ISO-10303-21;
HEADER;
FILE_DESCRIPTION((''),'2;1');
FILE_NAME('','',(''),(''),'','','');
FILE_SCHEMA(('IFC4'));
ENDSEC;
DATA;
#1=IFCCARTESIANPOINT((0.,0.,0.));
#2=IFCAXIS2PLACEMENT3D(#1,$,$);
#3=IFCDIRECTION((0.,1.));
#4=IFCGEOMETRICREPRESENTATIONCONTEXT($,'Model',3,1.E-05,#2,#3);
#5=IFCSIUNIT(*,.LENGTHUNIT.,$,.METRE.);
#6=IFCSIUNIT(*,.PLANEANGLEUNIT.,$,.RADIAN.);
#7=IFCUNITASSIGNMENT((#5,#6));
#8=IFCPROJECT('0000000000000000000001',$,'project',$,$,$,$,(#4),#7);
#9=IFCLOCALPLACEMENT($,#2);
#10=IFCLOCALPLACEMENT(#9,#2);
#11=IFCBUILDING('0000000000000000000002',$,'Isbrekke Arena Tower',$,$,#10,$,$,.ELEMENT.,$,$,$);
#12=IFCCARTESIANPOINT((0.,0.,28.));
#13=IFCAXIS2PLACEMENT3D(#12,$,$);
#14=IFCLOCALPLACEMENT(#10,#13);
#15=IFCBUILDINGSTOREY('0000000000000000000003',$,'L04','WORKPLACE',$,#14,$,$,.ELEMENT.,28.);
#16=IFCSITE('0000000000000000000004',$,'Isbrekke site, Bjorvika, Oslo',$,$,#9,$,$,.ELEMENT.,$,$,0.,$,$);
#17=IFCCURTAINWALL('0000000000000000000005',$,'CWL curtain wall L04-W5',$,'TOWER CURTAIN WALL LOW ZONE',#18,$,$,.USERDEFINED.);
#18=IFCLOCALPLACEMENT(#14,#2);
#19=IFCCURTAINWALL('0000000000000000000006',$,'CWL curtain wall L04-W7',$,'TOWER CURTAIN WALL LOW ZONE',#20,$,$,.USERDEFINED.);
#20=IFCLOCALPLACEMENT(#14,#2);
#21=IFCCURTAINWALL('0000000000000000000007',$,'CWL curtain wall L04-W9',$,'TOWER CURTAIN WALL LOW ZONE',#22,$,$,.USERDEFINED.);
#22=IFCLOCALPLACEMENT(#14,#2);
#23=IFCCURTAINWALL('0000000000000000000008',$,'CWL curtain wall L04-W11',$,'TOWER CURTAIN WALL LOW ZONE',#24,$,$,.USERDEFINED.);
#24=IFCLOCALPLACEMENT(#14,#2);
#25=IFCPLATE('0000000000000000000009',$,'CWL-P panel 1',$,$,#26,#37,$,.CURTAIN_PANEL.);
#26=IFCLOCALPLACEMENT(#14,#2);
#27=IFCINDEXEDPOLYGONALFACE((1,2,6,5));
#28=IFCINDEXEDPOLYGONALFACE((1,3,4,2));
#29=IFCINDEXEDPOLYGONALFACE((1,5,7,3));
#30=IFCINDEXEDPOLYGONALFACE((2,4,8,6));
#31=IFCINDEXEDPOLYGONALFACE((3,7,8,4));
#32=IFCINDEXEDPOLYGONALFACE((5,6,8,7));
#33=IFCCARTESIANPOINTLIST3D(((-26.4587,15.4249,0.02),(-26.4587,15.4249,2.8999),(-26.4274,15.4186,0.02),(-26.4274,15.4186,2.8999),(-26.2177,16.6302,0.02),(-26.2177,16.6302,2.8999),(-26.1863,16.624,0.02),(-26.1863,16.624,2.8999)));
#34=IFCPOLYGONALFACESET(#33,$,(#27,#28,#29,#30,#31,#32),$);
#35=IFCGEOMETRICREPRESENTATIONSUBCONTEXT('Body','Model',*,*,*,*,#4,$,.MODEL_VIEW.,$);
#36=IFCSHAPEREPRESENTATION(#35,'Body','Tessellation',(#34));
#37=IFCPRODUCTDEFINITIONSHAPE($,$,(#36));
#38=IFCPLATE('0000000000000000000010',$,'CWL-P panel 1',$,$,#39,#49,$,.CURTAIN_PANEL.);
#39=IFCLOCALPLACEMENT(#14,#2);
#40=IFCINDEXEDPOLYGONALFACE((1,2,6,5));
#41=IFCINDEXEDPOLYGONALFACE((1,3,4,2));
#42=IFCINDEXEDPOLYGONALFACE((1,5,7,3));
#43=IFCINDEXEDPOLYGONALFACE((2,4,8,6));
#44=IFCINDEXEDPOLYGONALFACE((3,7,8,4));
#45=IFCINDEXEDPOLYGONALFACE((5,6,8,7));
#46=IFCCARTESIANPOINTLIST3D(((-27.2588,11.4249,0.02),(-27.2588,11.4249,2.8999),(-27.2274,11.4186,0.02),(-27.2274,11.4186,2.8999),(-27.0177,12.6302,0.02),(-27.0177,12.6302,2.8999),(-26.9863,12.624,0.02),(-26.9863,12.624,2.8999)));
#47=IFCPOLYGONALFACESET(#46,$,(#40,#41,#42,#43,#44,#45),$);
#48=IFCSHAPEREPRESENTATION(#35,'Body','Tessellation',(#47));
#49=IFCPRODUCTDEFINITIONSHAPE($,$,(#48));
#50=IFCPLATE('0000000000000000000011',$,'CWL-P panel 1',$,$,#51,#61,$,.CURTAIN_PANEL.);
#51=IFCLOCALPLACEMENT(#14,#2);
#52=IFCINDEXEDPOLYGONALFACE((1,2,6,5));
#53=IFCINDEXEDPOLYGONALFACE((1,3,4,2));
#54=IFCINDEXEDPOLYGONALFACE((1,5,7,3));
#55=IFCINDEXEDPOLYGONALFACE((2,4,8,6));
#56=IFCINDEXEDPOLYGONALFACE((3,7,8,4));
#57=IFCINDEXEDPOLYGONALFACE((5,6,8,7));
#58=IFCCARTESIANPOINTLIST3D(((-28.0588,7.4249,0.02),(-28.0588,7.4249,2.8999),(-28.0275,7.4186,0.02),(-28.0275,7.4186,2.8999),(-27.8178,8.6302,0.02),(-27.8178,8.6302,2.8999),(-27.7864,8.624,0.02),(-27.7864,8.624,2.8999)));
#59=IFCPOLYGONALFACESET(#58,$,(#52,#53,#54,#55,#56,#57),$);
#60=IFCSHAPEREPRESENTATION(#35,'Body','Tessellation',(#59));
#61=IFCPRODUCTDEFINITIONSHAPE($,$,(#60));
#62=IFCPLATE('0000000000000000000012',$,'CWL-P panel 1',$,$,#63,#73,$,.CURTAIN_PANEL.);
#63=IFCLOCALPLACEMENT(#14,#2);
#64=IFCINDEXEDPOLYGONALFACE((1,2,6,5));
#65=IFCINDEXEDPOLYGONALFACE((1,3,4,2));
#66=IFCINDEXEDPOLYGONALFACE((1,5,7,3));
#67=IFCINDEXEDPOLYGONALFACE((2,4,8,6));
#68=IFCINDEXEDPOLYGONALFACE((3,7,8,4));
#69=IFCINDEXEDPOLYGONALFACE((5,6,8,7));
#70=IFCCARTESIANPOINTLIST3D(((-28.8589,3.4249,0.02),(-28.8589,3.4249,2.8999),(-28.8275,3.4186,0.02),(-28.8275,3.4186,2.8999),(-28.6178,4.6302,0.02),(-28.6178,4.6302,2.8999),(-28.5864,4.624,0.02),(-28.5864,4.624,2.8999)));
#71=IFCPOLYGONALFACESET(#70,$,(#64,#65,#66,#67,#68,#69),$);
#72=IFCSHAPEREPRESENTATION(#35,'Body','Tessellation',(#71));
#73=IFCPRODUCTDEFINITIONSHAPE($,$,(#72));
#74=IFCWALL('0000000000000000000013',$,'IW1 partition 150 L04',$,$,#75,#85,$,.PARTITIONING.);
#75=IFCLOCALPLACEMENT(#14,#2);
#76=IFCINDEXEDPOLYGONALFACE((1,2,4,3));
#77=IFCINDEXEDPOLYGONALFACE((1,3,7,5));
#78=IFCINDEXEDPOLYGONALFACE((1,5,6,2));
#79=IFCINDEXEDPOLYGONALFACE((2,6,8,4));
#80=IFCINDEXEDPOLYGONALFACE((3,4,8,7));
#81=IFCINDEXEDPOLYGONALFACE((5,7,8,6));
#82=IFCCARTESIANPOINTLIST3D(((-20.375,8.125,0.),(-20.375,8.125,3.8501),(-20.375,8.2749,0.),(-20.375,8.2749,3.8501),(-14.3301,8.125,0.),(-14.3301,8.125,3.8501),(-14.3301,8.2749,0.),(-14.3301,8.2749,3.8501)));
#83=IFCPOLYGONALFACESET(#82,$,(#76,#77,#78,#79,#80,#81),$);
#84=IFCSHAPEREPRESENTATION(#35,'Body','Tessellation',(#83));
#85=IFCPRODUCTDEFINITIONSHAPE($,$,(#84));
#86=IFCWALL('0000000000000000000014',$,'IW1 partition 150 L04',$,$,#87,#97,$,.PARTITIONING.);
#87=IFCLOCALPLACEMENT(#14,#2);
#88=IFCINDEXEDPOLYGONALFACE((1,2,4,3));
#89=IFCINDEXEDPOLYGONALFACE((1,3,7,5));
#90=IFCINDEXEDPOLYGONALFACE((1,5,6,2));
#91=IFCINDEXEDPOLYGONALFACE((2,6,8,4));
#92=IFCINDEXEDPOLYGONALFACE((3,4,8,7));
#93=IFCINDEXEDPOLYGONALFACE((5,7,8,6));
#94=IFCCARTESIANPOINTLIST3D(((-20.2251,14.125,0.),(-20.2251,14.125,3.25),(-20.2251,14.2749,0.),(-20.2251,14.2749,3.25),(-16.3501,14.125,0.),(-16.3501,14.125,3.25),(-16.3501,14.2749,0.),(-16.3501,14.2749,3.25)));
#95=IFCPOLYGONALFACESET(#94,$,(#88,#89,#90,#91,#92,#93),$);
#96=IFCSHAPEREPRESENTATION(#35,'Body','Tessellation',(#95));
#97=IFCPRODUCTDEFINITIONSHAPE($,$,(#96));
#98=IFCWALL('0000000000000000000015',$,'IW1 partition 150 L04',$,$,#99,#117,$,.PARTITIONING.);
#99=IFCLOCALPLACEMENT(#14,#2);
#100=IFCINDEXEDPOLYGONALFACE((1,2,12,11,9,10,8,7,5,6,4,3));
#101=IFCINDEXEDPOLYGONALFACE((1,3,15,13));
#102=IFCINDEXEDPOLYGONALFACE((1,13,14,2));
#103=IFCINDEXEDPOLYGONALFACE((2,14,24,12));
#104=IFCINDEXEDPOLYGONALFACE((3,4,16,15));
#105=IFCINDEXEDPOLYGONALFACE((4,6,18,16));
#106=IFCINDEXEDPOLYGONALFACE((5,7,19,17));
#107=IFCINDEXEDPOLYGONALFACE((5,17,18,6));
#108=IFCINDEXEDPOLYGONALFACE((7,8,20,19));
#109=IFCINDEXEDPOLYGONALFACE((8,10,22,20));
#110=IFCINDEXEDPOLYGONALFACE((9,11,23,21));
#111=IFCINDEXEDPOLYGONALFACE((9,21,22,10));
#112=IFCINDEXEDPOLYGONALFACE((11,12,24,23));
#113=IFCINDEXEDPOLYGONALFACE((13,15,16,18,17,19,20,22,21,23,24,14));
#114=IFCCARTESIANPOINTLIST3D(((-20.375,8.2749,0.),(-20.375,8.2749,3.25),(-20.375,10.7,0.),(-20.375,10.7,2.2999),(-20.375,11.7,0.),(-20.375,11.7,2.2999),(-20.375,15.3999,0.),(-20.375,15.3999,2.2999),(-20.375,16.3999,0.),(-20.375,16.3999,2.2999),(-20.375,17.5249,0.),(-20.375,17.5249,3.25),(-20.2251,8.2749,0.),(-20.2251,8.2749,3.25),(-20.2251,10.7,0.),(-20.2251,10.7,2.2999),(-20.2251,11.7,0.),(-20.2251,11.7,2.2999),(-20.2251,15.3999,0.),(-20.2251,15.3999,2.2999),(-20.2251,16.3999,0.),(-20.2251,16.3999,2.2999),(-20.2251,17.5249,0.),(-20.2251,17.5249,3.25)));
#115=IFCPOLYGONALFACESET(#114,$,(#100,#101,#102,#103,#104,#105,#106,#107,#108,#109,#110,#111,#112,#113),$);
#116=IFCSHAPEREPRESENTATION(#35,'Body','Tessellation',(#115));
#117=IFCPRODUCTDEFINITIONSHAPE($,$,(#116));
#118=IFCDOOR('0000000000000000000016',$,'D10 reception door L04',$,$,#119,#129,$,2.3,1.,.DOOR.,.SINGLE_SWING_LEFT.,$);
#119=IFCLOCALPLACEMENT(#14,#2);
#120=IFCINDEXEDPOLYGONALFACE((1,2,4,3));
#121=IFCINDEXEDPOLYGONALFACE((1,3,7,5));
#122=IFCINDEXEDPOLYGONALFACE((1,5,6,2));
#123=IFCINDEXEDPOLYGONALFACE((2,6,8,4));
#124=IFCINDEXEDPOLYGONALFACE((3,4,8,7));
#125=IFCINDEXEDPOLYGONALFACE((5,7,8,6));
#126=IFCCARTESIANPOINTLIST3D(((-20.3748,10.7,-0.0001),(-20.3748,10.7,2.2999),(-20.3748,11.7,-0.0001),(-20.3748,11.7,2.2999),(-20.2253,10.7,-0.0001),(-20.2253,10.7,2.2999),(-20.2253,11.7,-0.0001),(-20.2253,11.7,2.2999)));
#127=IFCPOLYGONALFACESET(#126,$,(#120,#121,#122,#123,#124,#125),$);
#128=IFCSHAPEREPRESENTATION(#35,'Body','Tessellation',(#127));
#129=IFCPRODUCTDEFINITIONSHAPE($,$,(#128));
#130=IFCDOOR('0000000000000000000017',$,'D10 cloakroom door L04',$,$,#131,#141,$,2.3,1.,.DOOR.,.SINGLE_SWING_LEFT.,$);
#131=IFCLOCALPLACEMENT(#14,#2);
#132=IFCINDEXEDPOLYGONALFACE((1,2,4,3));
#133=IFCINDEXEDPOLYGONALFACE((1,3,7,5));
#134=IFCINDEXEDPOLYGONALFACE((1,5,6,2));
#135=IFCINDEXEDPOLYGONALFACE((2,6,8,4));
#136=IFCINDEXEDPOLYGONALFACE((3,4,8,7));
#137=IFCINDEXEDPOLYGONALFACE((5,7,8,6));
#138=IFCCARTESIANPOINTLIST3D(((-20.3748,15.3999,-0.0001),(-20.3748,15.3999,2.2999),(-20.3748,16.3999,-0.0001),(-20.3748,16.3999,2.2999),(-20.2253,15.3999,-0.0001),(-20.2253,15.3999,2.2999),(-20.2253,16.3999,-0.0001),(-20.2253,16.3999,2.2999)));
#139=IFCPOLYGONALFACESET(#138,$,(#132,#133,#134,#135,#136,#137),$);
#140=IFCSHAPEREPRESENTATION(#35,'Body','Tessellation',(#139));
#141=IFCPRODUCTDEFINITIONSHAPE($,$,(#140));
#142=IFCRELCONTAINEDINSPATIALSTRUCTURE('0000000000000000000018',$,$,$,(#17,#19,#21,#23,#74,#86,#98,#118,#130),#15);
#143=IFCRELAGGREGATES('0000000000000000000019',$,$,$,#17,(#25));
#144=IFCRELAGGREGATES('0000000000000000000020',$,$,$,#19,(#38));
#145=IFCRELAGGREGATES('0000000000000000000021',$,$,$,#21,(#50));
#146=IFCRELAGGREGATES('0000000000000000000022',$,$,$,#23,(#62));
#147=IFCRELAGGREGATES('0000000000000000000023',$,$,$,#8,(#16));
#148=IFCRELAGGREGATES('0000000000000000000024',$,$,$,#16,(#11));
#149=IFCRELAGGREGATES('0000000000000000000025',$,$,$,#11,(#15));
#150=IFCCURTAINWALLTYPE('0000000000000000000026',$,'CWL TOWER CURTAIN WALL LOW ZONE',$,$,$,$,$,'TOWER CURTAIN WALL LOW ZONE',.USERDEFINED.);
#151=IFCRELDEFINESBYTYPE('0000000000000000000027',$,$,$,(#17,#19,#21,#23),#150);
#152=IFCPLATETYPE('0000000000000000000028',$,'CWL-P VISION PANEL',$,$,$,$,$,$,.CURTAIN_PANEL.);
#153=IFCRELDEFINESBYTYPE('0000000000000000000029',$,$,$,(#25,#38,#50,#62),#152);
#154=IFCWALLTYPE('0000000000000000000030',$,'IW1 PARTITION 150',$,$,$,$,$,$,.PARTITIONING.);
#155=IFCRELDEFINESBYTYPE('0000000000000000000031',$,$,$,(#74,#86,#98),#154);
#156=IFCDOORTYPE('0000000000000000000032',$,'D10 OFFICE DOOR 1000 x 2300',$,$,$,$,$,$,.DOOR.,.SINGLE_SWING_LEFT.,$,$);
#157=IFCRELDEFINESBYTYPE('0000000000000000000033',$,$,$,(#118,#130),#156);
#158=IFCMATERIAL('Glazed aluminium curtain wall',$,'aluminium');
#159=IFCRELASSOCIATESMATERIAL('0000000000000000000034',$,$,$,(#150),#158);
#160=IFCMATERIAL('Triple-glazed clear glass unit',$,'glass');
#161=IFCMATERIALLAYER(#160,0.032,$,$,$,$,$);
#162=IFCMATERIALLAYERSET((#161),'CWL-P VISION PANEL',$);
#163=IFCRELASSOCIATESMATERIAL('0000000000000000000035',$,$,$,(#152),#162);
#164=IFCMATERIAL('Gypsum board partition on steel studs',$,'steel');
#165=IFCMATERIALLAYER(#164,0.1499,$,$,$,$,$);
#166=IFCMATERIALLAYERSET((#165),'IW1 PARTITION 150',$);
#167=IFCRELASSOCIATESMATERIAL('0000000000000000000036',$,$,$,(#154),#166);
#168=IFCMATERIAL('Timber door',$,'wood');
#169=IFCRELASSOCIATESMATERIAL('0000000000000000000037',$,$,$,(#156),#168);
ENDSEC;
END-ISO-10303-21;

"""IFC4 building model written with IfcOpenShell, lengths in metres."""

from ifc_helpers import new_model, si_unit, direction, frame, frame_2d, origin, origin_2d, place, context, subcontext, project, spatial, rectangle, extrude, material, layer, layer_set, type_object, element, fill, aggregate, save


model = new_model("IFC4")

# Units and contexts
model_context = context("Model", 3, precision=1e-05, world=origin(), true_north=direction((0.0, 1.0)))
body_context = subcontext(model_context, "Body", "Model", "MODEL_VIEW")
ifc_project = project(units=[si_unit("LENGTHUNIT", "METRE"), si_unit("PLANEANGLEUNIT", "RADIAN")], contexts=[model_context])

# Site, building, storey
site_placement = place(None, origin())
site = spatial("IfcSite", under=ifc_project, at=site_placement, Name="Isbrekke site, Bjorvika, Oslo", CompositionType="ELEMENT", RefElevation=0.0)
building_placement = place(site_placement, origin())
building = spatial("IfcBuilding", under=site, at=building_placement, Name="Isbrekke Arena Tower", CompositionType="ELEMENT")
storey_placement = place(building_placement, frame((0.0, 0.0, 28.0)))
storey = spatial("IfcBuildingStorey", under=building, at=storey_placement, Name="L04", Description="WORKPLACE", CompositionType="ELEMENT", Elevation=28.0)

# Curtain wall
ifc_material_1 = material(Name="Glazed aluminium curtain wall", Category="aluminium")
curtain_wall_type = type_object("IfcCurtainWallType", Name="CWL TOWER CURTAIN WALL LOW ZONE", ElementType="TOWER CURTAIN WALL LOW ZONE", PredefinedType="USERDEFINED", material=ifc_material_1)
curtain_wall_1_placement = place(storey_placement, origin())
curtain_wall_1 = element("IfcCurtainWall", 1, at=curtain_wall_1_placement, inside=storey, type_object=curtain_wall_type, Name="CWL curtain wall L04-W5", ObjectType="TOWER CURTAIN WALL LOW ZONE", PredefinedType="USERDEFINED")

# Curtain walls
curtain_wall_2_placement = place(storey_placement, origin())
curtain_wall_2 = element("IfcCurtainWall", 2, at=curtain_wall_2_placement, inside=storey, type_object=curtain_wall_type, Name="CWL curtain wall L04-W7", ObjectType="TOWER CURTAIN WALL LOW ZONE", PredefinedType="USERDEFINED")
curtain_wall_3_placement = place(storey_placement, origin())
curtain_wall_3 = element("IfcCurtainWall", 3, at=curtain_wall_3_placement, inside=storey, type_object=curtain_wall_type, Name="CWL curtain wall L04-W9", ObjectType="TOWER CURTAIN WALL LOW ZONE", PredefinedType="USERDEFINED")
curtain_wall_4_placement = place(storey_placement, origin())
curtain_wall_4 = element("IfcCurtainWall", 4, at=curtain_wall_4_placement, inside=storey, type_object=curtain_wall_type, Name="CWL curtain wall L04-W11", ObjectType="TOWER CURTAIN WALL LOW ZONE", PredefinedType="USERDEFINED")

# Plates
ifc_material_2 = material(Name="Triple-glazed clear glass unit", Category="glass")
ifc_layer_1 = layer(ifc_material_2, 0.032)
ifc_layer_set_1 = layer_set([ifc_layer_1], Name="CWL-P VISION PANEL")
plate_type = type_object("IfcPlateType", Name="CWL-P VISION PANEL", PredefinedType="CURTAIN_PANEL", material=ifc_layer_set_1)
plate_1_placement = place(storey_placement, frame((-26.3225, 16.0244, 0.02), z_axis=(0.0, 0.0, 1.0), x_axis=(-0.196116, -0.980581, 0.0)))
plate_1 = element("IfcPlate", 5, at=plate_1_placement, type_object=plate_type, Name="CWL-P panel 1", PredefinedType="CURTAIN_PANEL", context=body_context, shape_type="SweptSolid", body=[
    extrude(rectangle(XDim=1.2292, YDim=0.032, at=origin_2d()), origin(), (0.0, 0.0, 1.0), 2.8799),
])
aggregate(curtain_wall_1, [plate_1])
plate_2_placement = place(storey_placement, frame((-27.1226, 12.0244, 0.02), z_axis=(0.0, 0.0, 1.0), x_axis=(-0.196116, -0.980581, 0.0)))
plate_2 = element("IfcPlate", 6, at=plate_2_placement, type_object=plate_type, Name="CWL-P panel 1", PredefinedType="CURTAIN_PANEL", context=body_context, shape_type="SweptSolid", body=[
    extrude(rectangle(XDim=1.2292, YDim=0.032, at=origin_2d()), origin(), (0.0, 0.0, 1.0), 2.8799),
])
aggregate(curtain_wall_2, [plate_2])
plate_3_placement = place(storey_placement, frame((-27.9226, 8.0244, 0.02), z_axis=(0.0, 0.0, 1.0), x_axis=(-0.196116, -0.980581, 0.0)))
plate_3 = element("IfcPlate", 7, at=plate_3_placement, type_object=plate_type, Name="CWL-P panel 1", PredefinedType="CURTAIN_PANEL", context=body_context, shape_type="SweptSolid", body=[
    extrude(rectangle(XDim=1.2292, YDim=0.032, at=origin_2d()), origin(), (0.0, 0.0, 1.0), 2.8799),
])
aggregate(curtain_wall_3, [plate_3])
plate_4_placement = place(storey_placement, frame((-28.7227, 4.0244, 0.02), z_axis=(0.0, 0.0, 1.0), x_axis=(-0.196116, -0.980581, 0.0)))
plate_4 = element("IfcPlate", 8, at=plate_4_placement, type_object=plate_type, Name="CWL-P panel 1", PredefinedType="CURTAIN_PANEL", context=body_context, shape_type="SweptSolid", body=[
    extrude(rectangle(XDim=1.2292, YDim=0.032, at=origin_2d()), origin(), (0.0, 0.0, 1.0), 2.8799),
])
aggregate(curtain_wall_4, [plate_4])

# Walls
ifc_material_3 = material(Name="Gypsum board partition on steel studs", Category="steel")
ifc_layer_2 = layer(ifc_material_3, 0.1499)
ifc_layer_set_2 = layer_set([ifc_layer_2], Name="IW1 PARTITION 150")
wall_type = type_object("IfcWallType", Name="IW1 PARTITION 150", PredefinedType="PARTITIONING", material=ifc_layer_set_2)
wall_1_placement = place(storey_placement, frame((-20.375, 8.2, 0.0), z_axis=(0.0, 0.0, 1.0), x_axis=(1.0, 0.0, 0.0)))
element("IfcWall", 9, at=wall_1_placement, inside=storey, type_object=wall_type, Name="IW1 partition 150 L04", PredefinedType="PARTITIONING", context=body_context, shape_type="SweptSolid", body=[
    extrude(rectangle(XDim=6.0449, YDim=0.1499, at=frame_2d((3.0225, 0.0))), origin(), (0.0, 0.0, 1.0), 3.8501),
])
wall_2_placement = place(storey_placement, frame((-20.2251, 14.2, 0.0), z_axis=(0.0, 0.0, 1.0), x_axis=(1.0, 0.0, 0.0)))
element("IfcWall", 10, at=wall_2_placement, inside=storey, type_object=wall_type, Name="IW1 partition 150 L04", PredefinedType="PARTITIONING", context=body_context, shape_type="SweptSolid", body=[
    extrude(rectangle(XDim=3.875, YDim=0.1499, at=frame_2d((1.9375, 0.0))), origin(), (0.0, 0.0, 1.0), 3.25),
])

# Wall, openings, doors
wall_3_placement = place(storey_placement, frame((-20.3, 8.2749, 0.0), z_axis=(0.0, 0.0, 1.0), x_axis=(0.0, 1.0, 0.0)))
wall_3 = element("IfcWall", 11, at=wall_3_placement, inside=storey, type_object=wall_type, Name="IW1 partition 150 L04", PredefinedType="PARTITIONING", context=body_context, shape_type="SweptSolid", body=[
    extrude(rectangle(XDim=9.25, YDim=0.1499, at=frame_2d((4.625, 0.0))), origin(), (0.0, 0.0, 1.0), 3.25),
])
opening_1_placement = place(wall_3_placement, frame((2.425, 0.0, 0.0)))
opening_1 = element("IfcOpeningElement", 12, at=opening_1_placement, cuts=wall_3, PredefinedType="OPENING", context=body_context, shape_type="SweptSolid", body=[
    extrude(rectangle(XDim=1.0, YDim=2.3, at=frame_2d((0.5, 1.1499))), frame((0.0, 0.0898, 0.0), z_axis=(0.0, -1.0, 0.0), x_axis=(1.0, 0.0, 0.0)), (0.0, 0.0, 1.0), 0.1797),
])
opening_2_placement = place(wall_3_placement, frame((7.125, 0.0, 0.0)))
opening_2 = element("IfcOpeningElement", 13, at=opening_2_placement, cuts=wall_3, PredefinedType="OPENING", context=body_context, shape_type="SweptSolid", body=[
    extrude(rectangle(XDim=1.0, YDim=2.3, at=frame_2d((0.5, 1.1499))), frame((0.0, 0.0898, 0.0), z_axis=(0.0, -1.0, 0.0), x_axis=(1.0, 0.0, 0.0)), (0.0, 0.0, 1.0), 0.1797),
])
ifc_material_4 = material(Name="Timber door", Category="wood")
door_type = type_object("IfcDoorType", Name="D10 OFFICE DOOR 1000 x 2300", OperationType="SINGLE_SWING_LEFT", PredefinedType="DOOR", material=ifc_material_4)
door_1_placement = place(opening_1_placement, origin())
door_1 = element("IfcDoor", 14, at=door_1_placement, inside=storey, type_object=door_type, Name="D10 reception door L04", OperationType="SINGLE_SWING_LEFT", OverallHeight=2.3, OverallWidth=1.0, PredefinedType="DOOR", context=body_context, shape_type="SweptSolid", body=[
    extrude(rectangle(XDim=1.0, YDim=2.3, at=frame_2d((0.5, 1.1499))), frame((0.0, 0.0747, 0.0), z_axis=(0.0, -1.0, 0.0), x_axis=(1.0, 0.0, 0.0)), (0.0, 0.0, 1.0), 0.1494),
])
fill(opening_1, door_1)
door_2_placement = place(opening_2_placement, origin())
door_2 = element("IfcDoor", 15, at=door_2_placement, inside=storey, type_object=door_type, Name="D10 cloakroom door L04", OperationType="SINGLE_SWING_LEFT", OverallHeight=2.3, OverallWidth=1.0, PredefinedType="DOOR", context=body_context, shape_type="SweptSolid", body=[
    extrude(rectangle(XDim=1.0, YDim=2.3, at=frame_2d((0.5, 1.1499))), frame((0.0, 0.0747, 0.0), z_axis=(0.0, -1.0, 0.0), x_axis=(1.0, 0.0, 0.0)), (0.0, 0.0, 1.0), 0.1494),
])
fill(opening_2, door_2)

save(model, "model.ifc")
